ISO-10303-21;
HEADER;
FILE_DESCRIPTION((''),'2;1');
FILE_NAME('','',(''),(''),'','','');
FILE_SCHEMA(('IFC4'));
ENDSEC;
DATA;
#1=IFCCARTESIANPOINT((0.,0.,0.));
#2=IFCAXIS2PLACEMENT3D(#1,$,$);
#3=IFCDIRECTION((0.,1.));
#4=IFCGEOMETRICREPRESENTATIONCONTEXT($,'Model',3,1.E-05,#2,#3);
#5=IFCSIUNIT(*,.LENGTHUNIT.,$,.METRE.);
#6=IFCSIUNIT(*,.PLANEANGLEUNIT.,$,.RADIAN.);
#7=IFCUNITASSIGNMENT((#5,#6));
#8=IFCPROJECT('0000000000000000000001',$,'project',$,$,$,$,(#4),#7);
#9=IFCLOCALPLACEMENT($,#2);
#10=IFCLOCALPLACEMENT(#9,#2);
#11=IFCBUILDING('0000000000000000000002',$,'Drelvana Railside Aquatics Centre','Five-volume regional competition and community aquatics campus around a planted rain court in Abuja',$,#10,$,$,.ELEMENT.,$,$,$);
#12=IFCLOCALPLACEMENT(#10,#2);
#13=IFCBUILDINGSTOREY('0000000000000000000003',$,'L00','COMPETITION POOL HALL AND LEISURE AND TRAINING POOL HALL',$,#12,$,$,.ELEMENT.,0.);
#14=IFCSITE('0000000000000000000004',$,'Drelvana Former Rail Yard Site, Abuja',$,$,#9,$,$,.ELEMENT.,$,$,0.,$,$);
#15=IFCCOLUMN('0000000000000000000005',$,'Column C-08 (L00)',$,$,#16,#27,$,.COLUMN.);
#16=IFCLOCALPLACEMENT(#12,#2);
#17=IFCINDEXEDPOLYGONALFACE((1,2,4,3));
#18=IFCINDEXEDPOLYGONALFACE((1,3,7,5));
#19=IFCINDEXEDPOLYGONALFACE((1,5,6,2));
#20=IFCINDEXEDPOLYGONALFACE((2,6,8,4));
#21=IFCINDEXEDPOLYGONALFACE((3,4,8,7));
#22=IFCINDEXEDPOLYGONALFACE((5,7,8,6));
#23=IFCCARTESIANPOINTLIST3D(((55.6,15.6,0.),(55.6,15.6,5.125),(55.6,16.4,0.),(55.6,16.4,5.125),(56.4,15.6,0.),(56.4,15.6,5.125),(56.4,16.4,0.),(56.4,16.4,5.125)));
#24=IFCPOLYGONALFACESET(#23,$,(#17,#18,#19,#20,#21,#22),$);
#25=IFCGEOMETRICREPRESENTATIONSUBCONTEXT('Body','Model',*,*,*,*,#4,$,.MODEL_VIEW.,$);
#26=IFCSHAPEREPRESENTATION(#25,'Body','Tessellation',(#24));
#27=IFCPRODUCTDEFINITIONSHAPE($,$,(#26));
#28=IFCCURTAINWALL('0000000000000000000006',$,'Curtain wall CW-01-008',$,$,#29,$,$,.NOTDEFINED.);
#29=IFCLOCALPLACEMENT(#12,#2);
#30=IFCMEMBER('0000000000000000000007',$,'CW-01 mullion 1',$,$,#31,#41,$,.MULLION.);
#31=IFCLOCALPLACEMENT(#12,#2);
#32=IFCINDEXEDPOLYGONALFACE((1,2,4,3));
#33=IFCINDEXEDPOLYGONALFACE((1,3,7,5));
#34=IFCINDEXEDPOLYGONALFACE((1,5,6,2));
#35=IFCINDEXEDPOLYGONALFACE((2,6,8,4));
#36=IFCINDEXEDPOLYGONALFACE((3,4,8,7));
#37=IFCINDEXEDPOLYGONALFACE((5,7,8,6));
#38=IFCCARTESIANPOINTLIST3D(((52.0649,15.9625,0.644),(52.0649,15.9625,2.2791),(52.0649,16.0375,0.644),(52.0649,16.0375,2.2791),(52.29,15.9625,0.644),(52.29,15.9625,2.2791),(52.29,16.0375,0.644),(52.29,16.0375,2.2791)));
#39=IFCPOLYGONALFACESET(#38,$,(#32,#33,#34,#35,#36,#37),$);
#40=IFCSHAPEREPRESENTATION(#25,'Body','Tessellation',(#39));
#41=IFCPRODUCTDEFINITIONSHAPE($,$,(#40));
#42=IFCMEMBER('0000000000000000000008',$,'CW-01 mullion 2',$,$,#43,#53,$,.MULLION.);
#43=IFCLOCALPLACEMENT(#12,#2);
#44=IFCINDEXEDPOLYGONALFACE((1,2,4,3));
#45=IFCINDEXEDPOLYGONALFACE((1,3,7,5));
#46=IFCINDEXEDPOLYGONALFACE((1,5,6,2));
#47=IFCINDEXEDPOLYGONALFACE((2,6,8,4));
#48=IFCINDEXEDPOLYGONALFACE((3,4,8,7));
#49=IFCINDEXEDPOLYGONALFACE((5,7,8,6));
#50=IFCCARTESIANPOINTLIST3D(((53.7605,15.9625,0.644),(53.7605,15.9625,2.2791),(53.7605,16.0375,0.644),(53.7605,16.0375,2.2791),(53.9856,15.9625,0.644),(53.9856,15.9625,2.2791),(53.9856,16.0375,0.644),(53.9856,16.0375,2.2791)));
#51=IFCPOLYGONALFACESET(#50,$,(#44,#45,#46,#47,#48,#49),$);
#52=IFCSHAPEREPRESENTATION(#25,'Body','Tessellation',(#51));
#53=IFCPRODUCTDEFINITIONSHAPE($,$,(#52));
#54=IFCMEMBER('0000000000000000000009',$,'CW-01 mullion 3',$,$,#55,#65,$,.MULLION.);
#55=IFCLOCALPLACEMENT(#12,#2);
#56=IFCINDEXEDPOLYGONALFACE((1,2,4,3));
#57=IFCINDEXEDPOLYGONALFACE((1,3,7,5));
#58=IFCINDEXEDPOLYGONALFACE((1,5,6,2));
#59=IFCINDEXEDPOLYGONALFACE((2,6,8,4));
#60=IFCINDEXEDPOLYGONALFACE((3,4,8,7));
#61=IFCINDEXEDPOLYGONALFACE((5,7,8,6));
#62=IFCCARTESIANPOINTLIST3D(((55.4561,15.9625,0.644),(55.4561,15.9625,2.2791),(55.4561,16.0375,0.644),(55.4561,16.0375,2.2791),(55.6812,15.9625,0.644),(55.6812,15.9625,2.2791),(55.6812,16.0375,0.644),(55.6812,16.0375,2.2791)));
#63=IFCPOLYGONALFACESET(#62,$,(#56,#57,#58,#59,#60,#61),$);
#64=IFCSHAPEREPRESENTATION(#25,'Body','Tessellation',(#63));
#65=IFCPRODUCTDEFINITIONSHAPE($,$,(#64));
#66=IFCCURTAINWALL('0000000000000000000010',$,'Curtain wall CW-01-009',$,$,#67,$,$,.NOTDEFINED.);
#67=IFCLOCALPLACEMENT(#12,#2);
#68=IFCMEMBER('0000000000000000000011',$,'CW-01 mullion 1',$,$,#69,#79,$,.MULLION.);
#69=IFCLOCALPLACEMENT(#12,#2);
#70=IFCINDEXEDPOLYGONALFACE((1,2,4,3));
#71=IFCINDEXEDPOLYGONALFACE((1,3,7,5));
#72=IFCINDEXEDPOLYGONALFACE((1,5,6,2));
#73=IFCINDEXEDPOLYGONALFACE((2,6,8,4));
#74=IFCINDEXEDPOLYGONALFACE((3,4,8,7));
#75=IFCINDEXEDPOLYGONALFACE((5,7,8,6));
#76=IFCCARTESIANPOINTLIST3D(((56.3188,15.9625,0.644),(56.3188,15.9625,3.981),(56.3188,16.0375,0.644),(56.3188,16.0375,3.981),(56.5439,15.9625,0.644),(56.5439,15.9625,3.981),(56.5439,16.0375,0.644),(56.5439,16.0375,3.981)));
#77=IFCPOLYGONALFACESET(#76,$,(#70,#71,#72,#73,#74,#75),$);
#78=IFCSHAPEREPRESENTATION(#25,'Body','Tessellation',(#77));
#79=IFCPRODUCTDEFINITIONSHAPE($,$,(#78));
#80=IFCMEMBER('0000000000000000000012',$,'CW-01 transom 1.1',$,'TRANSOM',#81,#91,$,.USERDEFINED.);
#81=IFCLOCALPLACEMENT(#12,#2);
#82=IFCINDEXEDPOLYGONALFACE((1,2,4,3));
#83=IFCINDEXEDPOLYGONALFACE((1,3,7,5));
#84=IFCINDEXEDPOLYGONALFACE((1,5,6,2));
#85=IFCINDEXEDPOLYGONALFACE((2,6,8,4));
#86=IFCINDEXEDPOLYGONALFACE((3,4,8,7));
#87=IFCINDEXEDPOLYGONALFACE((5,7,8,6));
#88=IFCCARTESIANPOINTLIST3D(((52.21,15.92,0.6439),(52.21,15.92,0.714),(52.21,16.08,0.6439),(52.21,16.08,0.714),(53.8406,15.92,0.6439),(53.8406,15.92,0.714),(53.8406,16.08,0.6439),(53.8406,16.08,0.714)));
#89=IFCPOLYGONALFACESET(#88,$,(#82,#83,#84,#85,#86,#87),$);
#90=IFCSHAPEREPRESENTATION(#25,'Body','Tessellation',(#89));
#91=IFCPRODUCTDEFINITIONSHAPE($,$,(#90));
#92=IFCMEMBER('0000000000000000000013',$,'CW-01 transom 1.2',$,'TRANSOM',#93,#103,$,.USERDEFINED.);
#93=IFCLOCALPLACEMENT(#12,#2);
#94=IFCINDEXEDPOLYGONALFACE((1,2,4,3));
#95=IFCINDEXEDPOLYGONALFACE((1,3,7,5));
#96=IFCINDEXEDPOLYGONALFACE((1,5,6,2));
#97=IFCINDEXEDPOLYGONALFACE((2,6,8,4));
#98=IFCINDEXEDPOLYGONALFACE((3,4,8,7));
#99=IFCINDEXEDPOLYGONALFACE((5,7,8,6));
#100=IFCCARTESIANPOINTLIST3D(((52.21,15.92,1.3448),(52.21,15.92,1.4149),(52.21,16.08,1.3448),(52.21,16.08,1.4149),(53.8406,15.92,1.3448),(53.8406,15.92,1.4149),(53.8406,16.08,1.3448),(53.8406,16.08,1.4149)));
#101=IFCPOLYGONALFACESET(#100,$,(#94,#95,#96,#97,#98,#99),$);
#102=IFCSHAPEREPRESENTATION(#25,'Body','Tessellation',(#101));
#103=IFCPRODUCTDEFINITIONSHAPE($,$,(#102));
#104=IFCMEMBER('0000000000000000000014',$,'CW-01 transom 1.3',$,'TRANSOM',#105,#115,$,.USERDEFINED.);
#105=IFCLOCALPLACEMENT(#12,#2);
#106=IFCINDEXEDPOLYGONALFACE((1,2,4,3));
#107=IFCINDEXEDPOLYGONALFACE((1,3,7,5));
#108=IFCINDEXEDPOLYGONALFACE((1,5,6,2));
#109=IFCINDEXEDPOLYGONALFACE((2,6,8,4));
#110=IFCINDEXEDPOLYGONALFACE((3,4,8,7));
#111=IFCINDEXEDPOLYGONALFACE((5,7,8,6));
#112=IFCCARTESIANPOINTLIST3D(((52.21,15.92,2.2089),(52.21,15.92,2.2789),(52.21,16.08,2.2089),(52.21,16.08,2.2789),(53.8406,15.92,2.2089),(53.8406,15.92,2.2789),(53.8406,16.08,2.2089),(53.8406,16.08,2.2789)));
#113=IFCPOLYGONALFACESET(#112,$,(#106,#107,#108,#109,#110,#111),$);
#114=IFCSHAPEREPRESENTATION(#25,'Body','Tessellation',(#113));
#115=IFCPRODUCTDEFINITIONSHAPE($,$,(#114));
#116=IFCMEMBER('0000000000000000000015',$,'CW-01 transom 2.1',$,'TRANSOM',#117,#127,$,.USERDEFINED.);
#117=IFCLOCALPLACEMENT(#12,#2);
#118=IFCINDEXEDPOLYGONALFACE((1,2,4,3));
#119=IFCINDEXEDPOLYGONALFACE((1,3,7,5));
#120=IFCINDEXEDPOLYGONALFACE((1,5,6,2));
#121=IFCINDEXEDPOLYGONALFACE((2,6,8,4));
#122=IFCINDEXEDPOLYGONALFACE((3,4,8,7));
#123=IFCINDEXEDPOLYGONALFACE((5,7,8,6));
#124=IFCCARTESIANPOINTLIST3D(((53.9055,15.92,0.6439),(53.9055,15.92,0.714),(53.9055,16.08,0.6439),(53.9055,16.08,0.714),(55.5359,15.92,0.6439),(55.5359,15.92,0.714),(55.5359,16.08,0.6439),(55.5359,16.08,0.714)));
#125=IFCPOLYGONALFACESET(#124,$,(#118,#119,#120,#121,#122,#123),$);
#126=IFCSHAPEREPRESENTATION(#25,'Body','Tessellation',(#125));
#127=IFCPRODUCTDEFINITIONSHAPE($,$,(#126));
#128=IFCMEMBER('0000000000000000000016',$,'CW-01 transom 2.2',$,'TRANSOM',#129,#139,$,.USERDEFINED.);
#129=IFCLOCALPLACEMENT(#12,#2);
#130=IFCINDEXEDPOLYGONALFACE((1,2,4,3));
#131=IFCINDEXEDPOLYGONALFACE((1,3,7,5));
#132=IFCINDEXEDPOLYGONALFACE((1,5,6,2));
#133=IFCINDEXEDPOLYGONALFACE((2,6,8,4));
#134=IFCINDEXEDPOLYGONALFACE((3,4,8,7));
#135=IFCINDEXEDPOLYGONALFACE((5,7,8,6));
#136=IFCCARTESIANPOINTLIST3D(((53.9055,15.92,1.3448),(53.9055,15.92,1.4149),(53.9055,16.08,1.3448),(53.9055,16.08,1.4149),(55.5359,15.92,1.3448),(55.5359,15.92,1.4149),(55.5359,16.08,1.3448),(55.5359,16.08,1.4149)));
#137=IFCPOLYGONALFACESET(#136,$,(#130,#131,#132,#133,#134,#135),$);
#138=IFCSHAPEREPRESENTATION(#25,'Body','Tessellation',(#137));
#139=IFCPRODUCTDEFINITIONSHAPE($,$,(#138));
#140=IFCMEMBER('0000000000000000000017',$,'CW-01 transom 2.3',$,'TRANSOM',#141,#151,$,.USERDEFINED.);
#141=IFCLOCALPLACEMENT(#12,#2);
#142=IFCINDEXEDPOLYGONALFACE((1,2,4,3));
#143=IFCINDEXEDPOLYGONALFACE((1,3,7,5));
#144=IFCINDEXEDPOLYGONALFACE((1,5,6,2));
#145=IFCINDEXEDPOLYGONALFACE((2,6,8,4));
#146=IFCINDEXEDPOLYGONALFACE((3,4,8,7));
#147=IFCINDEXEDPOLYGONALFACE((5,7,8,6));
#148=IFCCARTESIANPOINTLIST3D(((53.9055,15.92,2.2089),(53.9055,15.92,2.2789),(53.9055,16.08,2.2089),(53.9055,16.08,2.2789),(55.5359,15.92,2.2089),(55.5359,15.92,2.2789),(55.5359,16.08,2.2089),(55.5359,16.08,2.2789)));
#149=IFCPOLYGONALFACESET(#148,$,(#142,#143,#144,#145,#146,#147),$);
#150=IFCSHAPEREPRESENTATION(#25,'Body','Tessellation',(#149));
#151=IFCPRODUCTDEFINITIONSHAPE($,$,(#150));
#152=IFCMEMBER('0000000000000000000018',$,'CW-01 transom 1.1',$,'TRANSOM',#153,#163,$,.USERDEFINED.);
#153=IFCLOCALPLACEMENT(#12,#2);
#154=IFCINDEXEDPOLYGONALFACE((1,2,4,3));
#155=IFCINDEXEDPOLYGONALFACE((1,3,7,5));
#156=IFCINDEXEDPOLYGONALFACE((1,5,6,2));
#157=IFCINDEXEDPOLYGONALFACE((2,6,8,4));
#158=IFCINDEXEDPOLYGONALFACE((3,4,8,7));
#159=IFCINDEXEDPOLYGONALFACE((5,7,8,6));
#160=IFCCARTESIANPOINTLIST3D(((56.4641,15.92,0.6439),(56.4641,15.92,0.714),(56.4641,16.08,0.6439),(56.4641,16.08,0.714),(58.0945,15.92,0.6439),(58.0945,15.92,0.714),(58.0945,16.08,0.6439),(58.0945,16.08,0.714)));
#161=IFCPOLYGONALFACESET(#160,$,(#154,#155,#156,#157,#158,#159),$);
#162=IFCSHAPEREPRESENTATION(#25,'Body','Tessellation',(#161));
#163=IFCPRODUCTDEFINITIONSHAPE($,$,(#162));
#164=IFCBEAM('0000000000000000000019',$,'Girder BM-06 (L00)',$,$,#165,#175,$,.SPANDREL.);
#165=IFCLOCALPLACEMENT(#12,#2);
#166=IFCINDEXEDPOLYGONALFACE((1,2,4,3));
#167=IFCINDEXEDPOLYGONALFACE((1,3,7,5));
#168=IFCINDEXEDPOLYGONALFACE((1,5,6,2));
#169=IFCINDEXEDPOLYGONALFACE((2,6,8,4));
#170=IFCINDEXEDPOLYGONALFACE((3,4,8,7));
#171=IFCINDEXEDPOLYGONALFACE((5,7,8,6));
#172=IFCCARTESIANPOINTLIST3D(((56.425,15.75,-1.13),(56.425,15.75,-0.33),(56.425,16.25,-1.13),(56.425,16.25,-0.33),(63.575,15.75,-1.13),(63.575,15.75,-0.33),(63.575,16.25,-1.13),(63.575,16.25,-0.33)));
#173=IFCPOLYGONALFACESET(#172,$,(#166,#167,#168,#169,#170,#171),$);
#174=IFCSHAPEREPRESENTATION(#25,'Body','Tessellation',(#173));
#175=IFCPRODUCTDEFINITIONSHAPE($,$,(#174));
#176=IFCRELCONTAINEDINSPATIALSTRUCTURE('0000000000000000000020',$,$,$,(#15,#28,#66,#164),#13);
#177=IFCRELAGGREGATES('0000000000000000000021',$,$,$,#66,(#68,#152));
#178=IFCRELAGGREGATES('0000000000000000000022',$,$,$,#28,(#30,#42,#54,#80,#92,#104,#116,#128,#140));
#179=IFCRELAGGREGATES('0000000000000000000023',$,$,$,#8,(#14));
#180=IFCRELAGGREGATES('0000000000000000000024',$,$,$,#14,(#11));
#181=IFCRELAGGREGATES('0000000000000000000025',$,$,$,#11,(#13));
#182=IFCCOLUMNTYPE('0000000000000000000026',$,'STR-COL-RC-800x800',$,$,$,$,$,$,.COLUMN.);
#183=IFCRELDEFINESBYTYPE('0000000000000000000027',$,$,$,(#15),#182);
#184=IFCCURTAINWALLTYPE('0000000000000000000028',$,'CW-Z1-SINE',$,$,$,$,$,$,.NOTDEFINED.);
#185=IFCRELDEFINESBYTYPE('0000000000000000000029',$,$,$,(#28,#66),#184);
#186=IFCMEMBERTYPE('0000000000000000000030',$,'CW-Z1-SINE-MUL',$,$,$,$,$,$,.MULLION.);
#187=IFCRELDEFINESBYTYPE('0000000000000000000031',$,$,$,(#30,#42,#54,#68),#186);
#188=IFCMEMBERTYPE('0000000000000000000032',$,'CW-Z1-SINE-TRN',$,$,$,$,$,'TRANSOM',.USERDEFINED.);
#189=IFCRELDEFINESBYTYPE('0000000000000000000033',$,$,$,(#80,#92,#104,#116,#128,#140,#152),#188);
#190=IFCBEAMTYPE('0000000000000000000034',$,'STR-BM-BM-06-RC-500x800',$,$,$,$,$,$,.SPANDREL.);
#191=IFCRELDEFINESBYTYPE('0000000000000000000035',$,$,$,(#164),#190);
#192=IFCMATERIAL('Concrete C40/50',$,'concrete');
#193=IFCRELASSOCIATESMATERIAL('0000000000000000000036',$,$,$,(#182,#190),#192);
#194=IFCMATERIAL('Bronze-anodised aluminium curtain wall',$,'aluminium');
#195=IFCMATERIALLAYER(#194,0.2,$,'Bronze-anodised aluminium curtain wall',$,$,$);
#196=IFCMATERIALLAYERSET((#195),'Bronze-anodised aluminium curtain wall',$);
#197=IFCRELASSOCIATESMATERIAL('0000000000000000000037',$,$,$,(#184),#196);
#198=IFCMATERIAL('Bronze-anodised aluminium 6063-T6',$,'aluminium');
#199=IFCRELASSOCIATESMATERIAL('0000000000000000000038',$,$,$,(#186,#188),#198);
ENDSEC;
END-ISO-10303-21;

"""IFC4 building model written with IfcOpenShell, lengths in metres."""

from ifc_helpers import new_model, si_unit, direction, frame, origin, origin_2d, place, context, subcontext, project, spatial, rectangle, extrude, material, layer, layer_set, material_profile, profile_set, type_object, element, aggregate, save


model = new_model("IFC4")

# Units and contexts
model_context = context("Model", 3, precision=1e-05, world=origin(), true_north=direction((0.0, 1.0)))
body_context = subcontext(model_context, "Body", "Model", "MODEL_VIEW")
ifc_project = project(units=[si_unit("LENGTHUNIT", "METRE"), si_unit("PLANEANGLEUNIT", "RADIAN")], contexts=[model_context])

# Site, building, storey
site_placement = place(None, origin())
site = spatial("IfcSite", under=ifc_project, at=site_placement, Name="Drelvana Former Rail Yard Site, Abuja", CompositionType="ELEMENT", RefElevation=0.0)
building_placement = place(site_placement, origin())
building = spatial("IfcBuilding", under=site, at=building_placement, Name="Drelvana Railside Aquatics Centre", Description="Five-volume regional competition and community aquatics campus around a planted rain court in Abuja", CompositionType="ELEMENT")
storey_placement = place(building_placement, origin())
storey = spatial("IfcBuildingStorey", under=building, at=storey_placement, Name="L00", Description="COMPETITION POOL HALL AND LEISURE AND TRAINING POOL HALL", CompositionType="ELEMENT", Elevation=0.0)

# Column
ifc_material_1 = material(Name="Concrete C40/50", Category="concrete")
ifc_material_profile_1 = material_profile(ifc_material_1, rectangle(XDim=0.8, YDim=0.8, at=origin_2d()), Name="RC 800x800")
ifc_profile_set_1 = profile_set([ifc_material_profile_1], Name="Concrete C40/50")
column_type = type_object("IfcColumnType", Name="STR-COL-RC-800x800", PredefinedType="COLUMN", material=ifc_profile_set_1)
column_placement = place(storey_placement, frame((56.0, 16.0, 0.0), z_axis=(0.0, 0.0, 1.0), x_axis=(1.0, 0.0, 0.0)))
element("IfcColumn", 1, at=column_placement, inside=storey, type_object=column_type, Name="Column C-08 (L00)", PredefinedType="COLUMN", context=body_context, shape_type="SweptSolid", body=[
    extrude(rectangle(XDim=0.8, YDim=0.8, at=origin_2d()), origin(), (0.0, 0.0, 1.0), 5.125),
])

# Curtain wall, members
ifc_material_2 = material(Name="Bronze-anodised aluminium curtain wall", Category="aluminium")
ifc_layer_1 = layer(ifc_material_2, 0.2, Name="Bronze-anodised aluminium curtain wall")
ifc_layer_set_1 = layer_set([ifc_layer_1], Name="Bronze-anodised aluminium curtain wall")
curtain_wall_type = type_object("IfcCurtainWallType", Name="CW-Z1-SINE", PredefinedType="NOTDEFINED", material=ifc_layer_set_1)
curtain_wall_1_placement = place(storey_placement, origin())
curtain_wall_1 = element("IfcCurtainWall", 2, at=curtain_wall_1_placement, inside=storey, type_object=curtain_wall_type, Name="Curtain wall CW-01-008", PredefinedType="NOTDEFINED")
ifc_material_3 = material(Name="Bronze-anodised aluminium 6063-T6", Category="aluminium")
ifc_material_profile_2 = material_profile(ifc_material_3, rectangle(XDim=0.075, YDim=0.2251, at=origin_2d()), Name="ALU-M 75x225")
ifc_profile_set_2 = profile_set([ifc_material_profile_2], Name="Bronze-anodised aluminium 6063-T6")
member_type_1 = type_object("IfcMemberType", Name="CW-Z1-SINE-MUL", PredefinedType="MULLION", material=ifc_profile_set_2)
member_1_placement = place(storey_placement, frame((52.1775, 16.0, 0.644), z_axis=(0.0, 0.0, 1.0), x_axis=(0.0, 1.0, 0.0)))
member_1 = element("IfcMember", 3, at=member_1_placement, type_object=member_type_1, Name="CW-01 mullion 1", PredefinedType="MULLION", context=body_context, shape_type="SweptSolid", body=[
    extrude(rectangle(XDim=0.075, YDim=0.2251, at=origin_2d()), origin(), (0.0, 0.0, 1.0), 1.635),
])
member_2_placement = place(storey_placement, frame((53.873, 16.0, 0.644), z_axis=(0.0, 0.0, 1.0), x_axis=(0.0, 1.0, 0.0)))
member_2 = element("IfcMember", 4, at=member_2_placement, type_object=member_type_1, Name="CW-01 mullion 2", PredefinedType="MULLION", context=body_context, shape_type="SweptSolid", body=[
    extrude(rectangle(XDim=0.075, YDim=0.2251, at=origin_2d()), origin(), (0.0, 0.0, 1.0), 1.635),
])
member_3_placement = place(storey_placement, frame((55.5686, 16.0, 0.644), z_axis=(0.0, 0.0, 1.0), x_axis=(0.0, 1.0, 0.0)))
member_3 = element("IfcMember", 5, at=member_3_placement, type_object=member_type_1, Name="CW-01 mullion 3", PredefinedType="MULLION", context=body_context, shape_type="SweptSolid", body=[
    extrude(rectangle(XDim=0.075, YDim=0.2251, at=origin_2d()), origin(), (0.0, 0.0, 1.0), 1.635),
])

# Curtain wall, member
curtain_wall_2_placement = place(storey_placement, origin())
curtain_wall_2 = element("IfcCurtainWall", 6, at=curtain_wall_2_placement, inside=storey, type_object=curtain_wall_type, Name="Curtain wall CW-01-009", PredefinedType="NOTDEFINED")
member_4_placement = place(storey_placement, frame((56.4314, 16.0, 0.644), z_axis=(0.0, 0.0, 1.0), x_axis=(0.0, 1.0, 0.0)))
member_4 = element("IfcMember", 7, at=member_4_placement, type_object=member_type_1, Name="CW-01 mullion 1", PredefinedType="MULLION", context=body_context, shape_type="SweptSolid", body=[
    extrude(rectangle(XDim=0.075, YDim=0.2251, at=origin_2d()), origin(), (0.0, 0.0, 1.0), 3.3369),
])

# Members
ifc_material_profile_3 = material_profile(ifc_material_3, rectangle(XDim=0.1599, YDim=0.0701, at=origin_2d()), Name="ALU-T 70x160")
ifc_profile_set_3 = profile_set([ifc_material_profile_3], Name="Bronze-anodised aluminium 6063-T6")
member_type_2 = type_object("IfcMemberType", Name="CW-Z1-SINE-TRN", ElementType="TRANSOM", PredefinedType="USERDEFINED", material=ifc_profile_set_3)
member_5_placement = place(storey_placement, frame((52.21, 16.0, 0.679), z_axis=(1.0, 0.0, 0.0), x_axis=(0.0, 1.0, 0.0)))
member_5 = element("IfcMember", 8, at=member_5_placement, type_object=member_type_2, Name="CW-01 transom 1.1", ObjectType="TRANSOM", PredefinedType="USERDEFINED", context=body_context, shape_type="SweptSolid", body=[
    extrude(rectangle(XDim=0.1599, YDim=0.0701, at=origin_2d()), origin(), (0.0, 0.0, 1.0), 1.6306),
])
member_6_placement = place(storey_placement, frame((52.21, 16.0, 1.3799), z_axis=(1.0, 0.0, 0.0), x_axis=(0.0, 1.0, 0.0)))
member_6 = element("IfcMember", 9, at=member_6_placement, type_object=member_type_2, Name="CW-01 transom 1.2", ObjectType="TRANSOM", PredefinedType="USERDEFINED", context=body_context, shape_type="SweptSolid", body=[
    extrude(rectangle(XDim=0.1599, YDim=0.0701, at=origin_2d()), origin(), (0.0, 0.0, 1.0), 1.6306),
])
member_7_placement = place(storey_placement, frame((52.21, 16.0, 2.2439), z_axis=(1.0, 0.0, 0.0), x_axis=(0.0, 1.0, 0.0)))
member_7 = element("IfcMember", 10, at=member_7_placement, type_object=member_type_2, Name="CW-01 transom 1.3", ObjectType="TRANSOM", PredefinedType="USERDEFINED", context=body_context, shape_type="SweptSolid", body=[
    extrude(rectangle(XDim=0.1599, YDim=0.0701, at=origin_2d()), origin(), (0.0, 0.0, 1.0), 1.6306),
])
member_8_placement = place(storey_placement, frame((53.9055, 16.0, 0.679), z_axis=(1.0, 0.0, 0.0), x_axis=(0.0, 1.0, 0.0)))
member_8 = element("IfcMember", 11, at=member_8_placement, type_object=member_type_2, Name="CW-01 transom 2.1", ObjectType="TRANSOM", PredefinedType="USERDEFINED", context=body_context, shape_type="SweptSolid", body=[
    extrude(rectangle(XDim=0.1599, YDim=0.0701, at=origin_2d()), origin(), (0.0, 0.0, 1.0), 1.6304),
])
member_9_placement = place(storey_placement, frame((53.9055, 16.0, 1.3799), z_axis=(1.0, 0.0, 0.0), x_axis=(0.0, 1.0, 0.0)))
member_9 = element("IfcMember", 12, at=member_9_placement, type_object=member_type_2, Name="CW-01 transom 2.2", ObjectType="TRANSOM", PredefinedType="USERDEFINED", context=body_context, shape_type="SweptSolid", body=[
    extrude(rectangle(XDim=0.1599, YDim=0.0701, at=origin_2d()), origin(), (0.0, 0.0, 1.0), 1.6304),
])
member_10_placement = place(storey_placement, frame((53.9055, 16.0, 2.2439), z_axis=(1.0, 0.0, 0.0), x_axis=(0.0, 1.0, 0.0)))
member_10 = element("IfcMember", 13, at=member_10_placement, type_object=member_type_2, Name="CW-01 transom 2.3", ObjectType="TRANSOM", PredefinedType="USERDEFINED", context=body_context, shape_type="SweptSolid", body=[
    extrude(rectangle(XDim=0.1599, YDim=0.0701, at=origin_2d()), origin(), (0.0, 0.0, 1.0), 1.6304),
])
member_11_placement = place(storey_placement, frame((56.4641, 16.0, 0.679), z_axis=(1.0, 0.0, 0.0), x_axis=(0.0, 1.0, 0.0)))
member_11 = element("IfcMember", 14, at=member_11_placement, type_object=member_type_2, Name="CW-01 transom 1.1", ObjectType="TRANSOM", PredefinedType="USERDEFINED", context=body_context, shape_type="SweptSolid", body=[
    extrude(rectangle(XDim=0.1599, YDim=0.0701, at=origin_2d()), origin(), (0.0, 0.0, 1.0), 1.6304),
])
aggregate(curtain_wall_2, [member_4, member_11])

# Beam
ifc_material_profile_4 = material_profile(ifc_material_1, rectangle(XDim=0.5, YDim=0.8, at=origin_2d()), Name="RC 500x800")
ifc_profile_set_4 = profile_set([ifc_material_profile_4], Name="Concrete C40/50")
beam_type_1 = type_object("IfcBeamType", Name="STR-BM-BM-06-RC-500x800", PredefinedType="SPANDREL", material=ifc_profile_set_4)
beam_1_placement = place(storey_placement, frame((56.425, 16.0, -0.73), z_axis=(1.0, 0.0, 0.0), x_axis=(0.0, 1.0, 0.0)))
element("IfcBeam", 15, at=beam_1_placement, inside=storey, type_object=beam_type_1, Name="Girder BM-06 (L00)", PredefinedType="SPANDREL", context=body_context, shape_type="SweptSolid", body=[
    extrude(rectangle(XDim=0.5, YDim=0.8, at=origin_2d()), origin(), (0.0, 0.0, 1.0), 7.1499),
])

aggregate(curtain_wall_1, [member_1, member_2, member_3, member_5, member_6, member_7, member_8, member_9, member_10])

save(model, "model.ifc")
